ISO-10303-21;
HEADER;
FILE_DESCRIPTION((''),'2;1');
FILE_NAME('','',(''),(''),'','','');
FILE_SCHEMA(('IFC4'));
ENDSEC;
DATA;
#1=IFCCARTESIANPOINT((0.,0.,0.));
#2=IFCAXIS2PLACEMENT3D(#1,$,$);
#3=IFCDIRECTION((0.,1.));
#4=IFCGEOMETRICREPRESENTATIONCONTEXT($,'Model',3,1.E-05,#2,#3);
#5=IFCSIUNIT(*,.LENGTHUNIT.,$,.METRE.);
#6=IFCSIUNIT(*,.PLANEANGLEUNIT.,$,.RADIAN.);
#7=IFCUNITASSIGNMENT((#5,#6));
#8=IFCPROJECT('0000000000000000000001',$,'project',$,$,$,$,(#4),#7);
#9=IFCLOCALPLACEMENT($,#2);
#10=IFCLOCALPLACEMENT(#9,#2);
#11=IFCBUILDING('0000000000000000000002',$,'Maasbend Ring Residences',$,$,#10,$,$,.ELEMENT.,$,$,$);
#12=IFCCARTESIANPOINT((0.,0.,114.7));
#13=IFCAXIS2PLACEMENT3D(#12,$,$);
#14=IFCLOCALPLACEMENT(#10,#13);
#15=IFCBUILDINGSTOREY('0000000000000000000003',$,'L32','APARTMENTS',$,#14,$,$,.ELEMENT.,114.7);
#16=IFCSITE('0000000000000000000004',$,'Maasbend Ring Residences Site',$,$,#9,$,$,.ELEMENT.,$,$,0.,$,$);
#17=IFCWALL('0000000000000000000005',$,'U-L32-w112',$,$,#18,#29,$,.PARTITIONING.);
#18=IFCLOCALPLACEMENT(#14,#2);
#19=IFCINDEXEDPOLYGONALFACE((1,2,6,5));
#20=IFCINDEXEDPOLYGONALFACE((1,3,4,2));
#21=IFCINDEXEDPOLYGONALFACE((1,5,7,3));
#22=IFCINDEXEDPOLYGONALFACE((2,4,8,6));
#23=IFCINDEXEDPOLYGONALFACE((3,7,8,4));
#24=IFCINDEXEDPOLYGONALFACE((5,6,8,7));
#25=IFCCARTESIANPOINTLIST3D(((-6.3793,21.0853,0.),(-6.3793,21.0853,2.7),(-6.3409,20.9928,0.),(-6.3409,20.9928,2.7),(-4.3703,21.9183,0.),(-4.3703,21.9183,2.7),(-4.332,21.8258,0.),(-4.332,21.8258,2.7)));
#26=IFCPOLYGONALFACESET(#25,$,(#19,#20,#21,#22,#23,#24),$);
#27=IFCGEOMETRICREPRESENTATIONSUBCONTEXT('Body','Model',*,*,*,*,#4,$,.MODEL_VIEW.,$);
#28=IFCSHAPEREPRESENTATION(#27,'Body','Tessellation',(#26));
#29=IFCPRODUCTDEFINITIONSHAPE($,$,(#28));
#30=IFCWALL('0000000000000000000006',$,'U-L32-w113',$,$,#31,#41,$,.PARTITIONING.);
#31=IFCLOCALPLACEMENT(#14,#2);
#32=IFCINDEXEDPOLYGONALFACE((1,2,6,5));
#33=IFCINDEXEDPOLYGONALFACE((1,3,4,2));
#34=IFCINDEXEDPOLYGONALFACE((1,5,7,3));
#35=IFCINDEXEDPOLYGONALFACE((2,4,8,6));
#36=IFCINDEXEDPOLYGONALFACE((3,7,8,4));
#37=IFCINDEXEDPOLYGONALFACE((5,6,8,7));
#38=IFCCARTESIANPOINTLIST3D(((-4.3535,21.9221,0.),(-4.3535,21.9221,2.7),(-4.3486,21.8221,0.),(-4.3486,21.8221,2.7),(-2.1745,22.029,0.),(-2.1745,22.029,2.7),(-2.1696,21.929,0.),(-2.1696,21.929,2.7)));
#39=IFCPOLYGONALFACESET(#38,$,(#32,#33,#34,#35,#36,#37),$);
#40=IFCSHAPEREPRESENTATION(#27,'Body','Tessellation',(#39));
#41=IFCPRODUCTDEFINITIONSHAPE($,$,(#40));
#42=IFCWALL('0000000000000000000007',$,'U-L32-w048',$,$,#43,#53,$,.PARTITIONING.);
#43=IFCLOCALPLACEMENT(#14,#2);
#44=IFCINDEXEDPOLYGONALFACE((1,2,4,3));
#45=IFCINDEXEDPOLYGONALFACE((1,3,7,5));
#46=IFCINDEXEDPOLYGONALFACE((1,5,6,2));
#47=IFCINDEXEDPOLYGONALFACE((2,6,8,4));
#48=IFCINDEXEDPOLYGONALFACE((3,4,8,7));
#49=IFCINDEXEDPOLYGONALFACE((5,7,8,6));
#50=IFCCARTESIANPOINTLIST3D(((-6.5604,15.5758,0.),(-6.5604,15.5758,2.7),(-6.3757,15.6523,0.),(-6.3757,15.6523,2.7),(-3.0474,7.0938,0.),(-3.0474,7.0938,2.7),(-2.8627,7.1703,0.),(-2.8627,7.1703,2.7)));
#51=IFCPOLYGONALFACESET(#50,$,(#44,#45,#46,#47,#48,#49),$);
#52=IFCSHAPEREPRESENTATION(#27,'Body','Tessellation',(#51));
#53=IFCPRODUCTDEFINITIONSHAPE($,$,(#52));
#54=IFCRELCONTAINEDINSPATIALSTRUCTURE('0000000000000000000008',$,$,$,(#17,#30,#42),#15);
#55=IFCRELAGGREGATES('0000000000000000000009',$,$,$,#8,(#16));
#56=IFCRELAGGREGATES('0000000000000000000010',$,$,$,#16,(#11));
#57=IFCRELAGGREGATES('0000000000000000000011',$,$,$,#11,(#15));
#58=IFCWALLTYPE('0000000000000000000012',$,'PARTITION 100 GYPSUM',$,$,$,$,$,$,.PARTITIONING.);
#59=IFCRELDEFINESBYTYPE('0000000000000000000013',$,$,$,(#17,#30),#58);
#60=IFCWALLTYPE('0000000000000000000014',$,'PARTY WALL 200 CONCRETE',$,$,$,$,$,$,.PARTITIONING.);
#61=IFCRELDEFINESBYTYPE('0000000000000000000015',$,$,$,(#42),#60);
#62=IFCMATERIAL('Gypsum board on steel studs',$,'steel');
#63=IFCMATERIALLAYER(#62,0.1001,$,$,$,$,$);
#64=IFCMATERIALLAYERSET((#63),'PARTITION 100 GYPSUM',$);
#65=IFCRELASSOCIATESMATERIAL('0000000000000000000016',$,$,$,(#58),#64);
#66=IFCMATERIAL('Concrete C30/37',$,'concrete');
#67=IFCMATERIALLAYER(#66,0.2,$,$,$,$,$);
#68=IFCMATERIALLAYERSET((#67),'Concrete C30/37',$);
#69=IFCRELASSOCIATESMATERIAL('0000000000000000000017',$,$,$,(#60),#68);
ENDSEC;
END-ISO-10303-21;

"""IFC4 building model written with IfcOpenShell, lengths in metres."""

from ifc_helpers import new_model, si_unit, direction, frame, frame_2d, origin, place, context, subcontext, project, spatial, rectangle, extrude, material, layer, layer_set, type_object, element, save


model = new_model("IFC4")

# Units and contexts
model_context = context("Model", 3, precision=1e-05, world=origin(), true_north=direction((0.0, 1.0)))
body_context = subcontext(model_context, "Body", "Model", "MODEL_VIEW")
ifc_project = project(units=[si_unit("LENGTHUNIT", "METRE"), si_unit("PLANEANGLEUNIT", "RADIAN")], contexts=[model_context])

# Site, building, storey
site_placement = place(None, origin())
site = spatial("IfcSite", under=ifc_project, at=site_placement, Name="Maasbend Ring Residences Site", CompositionType="ELEMENT", RefElevation=0.0)
building_placement = place(site_placement, origin())
building = spatial("IfcBuilding", under=site, at=building_placement, Name="Maasbend Ring Residences", CompositionType="ELEMENT")
storey_placement = place(building_placement, frame((0.0, 0.0, 114.7)))
storey = spatial("IfcBuildingStorey", under=building, at=storey_placement, Name="L32", Description="APARTMENTS", CompositionType="ELEMENT", Elevation=114.7)

# Shared definitions
ifc_material_1 = material(Name="Gypsum board on steel studs", Category="steel")
ifc_layer_1 = layer(ifc_material_1, 0.1001)
ifc_layer_set_1 = layer_set([ifc_layer_1], Name="PARTITION 100 GYPSUM")
wall_type_1 = type_object("IfcWallType", Name="PARTITION 100 GYPSUM", PredefinedType="PARTITIONING", material=ifc_layer_set_1)

# Walls
wall_1_placement = place(storey_placement, frame((-6.3601, 21.0391, 0.0), z_axis=(0.0, 0.0, 1.0), x_axis=(0.923743, 0.383013, 0.0)))
element("IfcWall", 1, at=wall_1_placement, inside=storey, type_object=wall_type_1, Name="U-L32-w112", PredefinedType="PARTITIONING", context=body_context, shape_type="SweptSolid", body=[
    extrude(rectangle(XDim=2.1748, YDim=0.1001, at=frame_2d((1.0874, 0.0))), origin(), (0.0, 0.0, 1.0), 2.7),
])
wall_2_placement = place(storey_placement, frame((-4.3511, 21.8721, 0.0), z_axis=(0.0, 0.0, 1.0), x_axis=(0.998798, 0.049017, 0.0)))
element("IfcWall", 2, at=wall_2_placement, inside=storey, type_object=wall_type_1, Name="U-L32-w113", PredefinedType="PARTITIONING", context=body_context, shape_type="SweptSolid", body=[
    extrude(rectangle(XDim=2.1816, YDim=0.1001, at=frame_2d((1.0908, 0.0))), origin(), (0.0, 0.0, 1.0), 2.7),
])
ifc_material_2 = material(Name="Concrete C30/37", Category="concrete")
ifc_layer_2 = layer(ifc_material_2, 0.2)
ifc_layer_set_2 = layer_set([ifc_layer_2], Name="Concrete C30/37")
wall_type_2 = type_object("IfcWallType", Name="PARTY WALL 200 CONCRETE", PredefinedType="PARTITIONING", material=ifc_layer_set_2)
wall_3_placement = place(storey_placement, frame((-6.468, 15.614, 0.0), z_axis=(0.0, 0.0, 1.0), x_axis=(0.382647, -0.923895, 0.0)))
element("IfcWall", 3, at=wall_3_placement, inside=storey, type_object=wall_type_2, Name="U-L32-w048", PredefinedType="PARTITIONING", context=body_context, shape_type="SweptSolid", body=[
    extrude(rectangle(XDim=9.1807, YDim=0.2, at=frame_2d((4.5903, 0.0))), origin(), (0.0, 0.0, 1.0), 2.7),
])

save(model, "model.ifc")
